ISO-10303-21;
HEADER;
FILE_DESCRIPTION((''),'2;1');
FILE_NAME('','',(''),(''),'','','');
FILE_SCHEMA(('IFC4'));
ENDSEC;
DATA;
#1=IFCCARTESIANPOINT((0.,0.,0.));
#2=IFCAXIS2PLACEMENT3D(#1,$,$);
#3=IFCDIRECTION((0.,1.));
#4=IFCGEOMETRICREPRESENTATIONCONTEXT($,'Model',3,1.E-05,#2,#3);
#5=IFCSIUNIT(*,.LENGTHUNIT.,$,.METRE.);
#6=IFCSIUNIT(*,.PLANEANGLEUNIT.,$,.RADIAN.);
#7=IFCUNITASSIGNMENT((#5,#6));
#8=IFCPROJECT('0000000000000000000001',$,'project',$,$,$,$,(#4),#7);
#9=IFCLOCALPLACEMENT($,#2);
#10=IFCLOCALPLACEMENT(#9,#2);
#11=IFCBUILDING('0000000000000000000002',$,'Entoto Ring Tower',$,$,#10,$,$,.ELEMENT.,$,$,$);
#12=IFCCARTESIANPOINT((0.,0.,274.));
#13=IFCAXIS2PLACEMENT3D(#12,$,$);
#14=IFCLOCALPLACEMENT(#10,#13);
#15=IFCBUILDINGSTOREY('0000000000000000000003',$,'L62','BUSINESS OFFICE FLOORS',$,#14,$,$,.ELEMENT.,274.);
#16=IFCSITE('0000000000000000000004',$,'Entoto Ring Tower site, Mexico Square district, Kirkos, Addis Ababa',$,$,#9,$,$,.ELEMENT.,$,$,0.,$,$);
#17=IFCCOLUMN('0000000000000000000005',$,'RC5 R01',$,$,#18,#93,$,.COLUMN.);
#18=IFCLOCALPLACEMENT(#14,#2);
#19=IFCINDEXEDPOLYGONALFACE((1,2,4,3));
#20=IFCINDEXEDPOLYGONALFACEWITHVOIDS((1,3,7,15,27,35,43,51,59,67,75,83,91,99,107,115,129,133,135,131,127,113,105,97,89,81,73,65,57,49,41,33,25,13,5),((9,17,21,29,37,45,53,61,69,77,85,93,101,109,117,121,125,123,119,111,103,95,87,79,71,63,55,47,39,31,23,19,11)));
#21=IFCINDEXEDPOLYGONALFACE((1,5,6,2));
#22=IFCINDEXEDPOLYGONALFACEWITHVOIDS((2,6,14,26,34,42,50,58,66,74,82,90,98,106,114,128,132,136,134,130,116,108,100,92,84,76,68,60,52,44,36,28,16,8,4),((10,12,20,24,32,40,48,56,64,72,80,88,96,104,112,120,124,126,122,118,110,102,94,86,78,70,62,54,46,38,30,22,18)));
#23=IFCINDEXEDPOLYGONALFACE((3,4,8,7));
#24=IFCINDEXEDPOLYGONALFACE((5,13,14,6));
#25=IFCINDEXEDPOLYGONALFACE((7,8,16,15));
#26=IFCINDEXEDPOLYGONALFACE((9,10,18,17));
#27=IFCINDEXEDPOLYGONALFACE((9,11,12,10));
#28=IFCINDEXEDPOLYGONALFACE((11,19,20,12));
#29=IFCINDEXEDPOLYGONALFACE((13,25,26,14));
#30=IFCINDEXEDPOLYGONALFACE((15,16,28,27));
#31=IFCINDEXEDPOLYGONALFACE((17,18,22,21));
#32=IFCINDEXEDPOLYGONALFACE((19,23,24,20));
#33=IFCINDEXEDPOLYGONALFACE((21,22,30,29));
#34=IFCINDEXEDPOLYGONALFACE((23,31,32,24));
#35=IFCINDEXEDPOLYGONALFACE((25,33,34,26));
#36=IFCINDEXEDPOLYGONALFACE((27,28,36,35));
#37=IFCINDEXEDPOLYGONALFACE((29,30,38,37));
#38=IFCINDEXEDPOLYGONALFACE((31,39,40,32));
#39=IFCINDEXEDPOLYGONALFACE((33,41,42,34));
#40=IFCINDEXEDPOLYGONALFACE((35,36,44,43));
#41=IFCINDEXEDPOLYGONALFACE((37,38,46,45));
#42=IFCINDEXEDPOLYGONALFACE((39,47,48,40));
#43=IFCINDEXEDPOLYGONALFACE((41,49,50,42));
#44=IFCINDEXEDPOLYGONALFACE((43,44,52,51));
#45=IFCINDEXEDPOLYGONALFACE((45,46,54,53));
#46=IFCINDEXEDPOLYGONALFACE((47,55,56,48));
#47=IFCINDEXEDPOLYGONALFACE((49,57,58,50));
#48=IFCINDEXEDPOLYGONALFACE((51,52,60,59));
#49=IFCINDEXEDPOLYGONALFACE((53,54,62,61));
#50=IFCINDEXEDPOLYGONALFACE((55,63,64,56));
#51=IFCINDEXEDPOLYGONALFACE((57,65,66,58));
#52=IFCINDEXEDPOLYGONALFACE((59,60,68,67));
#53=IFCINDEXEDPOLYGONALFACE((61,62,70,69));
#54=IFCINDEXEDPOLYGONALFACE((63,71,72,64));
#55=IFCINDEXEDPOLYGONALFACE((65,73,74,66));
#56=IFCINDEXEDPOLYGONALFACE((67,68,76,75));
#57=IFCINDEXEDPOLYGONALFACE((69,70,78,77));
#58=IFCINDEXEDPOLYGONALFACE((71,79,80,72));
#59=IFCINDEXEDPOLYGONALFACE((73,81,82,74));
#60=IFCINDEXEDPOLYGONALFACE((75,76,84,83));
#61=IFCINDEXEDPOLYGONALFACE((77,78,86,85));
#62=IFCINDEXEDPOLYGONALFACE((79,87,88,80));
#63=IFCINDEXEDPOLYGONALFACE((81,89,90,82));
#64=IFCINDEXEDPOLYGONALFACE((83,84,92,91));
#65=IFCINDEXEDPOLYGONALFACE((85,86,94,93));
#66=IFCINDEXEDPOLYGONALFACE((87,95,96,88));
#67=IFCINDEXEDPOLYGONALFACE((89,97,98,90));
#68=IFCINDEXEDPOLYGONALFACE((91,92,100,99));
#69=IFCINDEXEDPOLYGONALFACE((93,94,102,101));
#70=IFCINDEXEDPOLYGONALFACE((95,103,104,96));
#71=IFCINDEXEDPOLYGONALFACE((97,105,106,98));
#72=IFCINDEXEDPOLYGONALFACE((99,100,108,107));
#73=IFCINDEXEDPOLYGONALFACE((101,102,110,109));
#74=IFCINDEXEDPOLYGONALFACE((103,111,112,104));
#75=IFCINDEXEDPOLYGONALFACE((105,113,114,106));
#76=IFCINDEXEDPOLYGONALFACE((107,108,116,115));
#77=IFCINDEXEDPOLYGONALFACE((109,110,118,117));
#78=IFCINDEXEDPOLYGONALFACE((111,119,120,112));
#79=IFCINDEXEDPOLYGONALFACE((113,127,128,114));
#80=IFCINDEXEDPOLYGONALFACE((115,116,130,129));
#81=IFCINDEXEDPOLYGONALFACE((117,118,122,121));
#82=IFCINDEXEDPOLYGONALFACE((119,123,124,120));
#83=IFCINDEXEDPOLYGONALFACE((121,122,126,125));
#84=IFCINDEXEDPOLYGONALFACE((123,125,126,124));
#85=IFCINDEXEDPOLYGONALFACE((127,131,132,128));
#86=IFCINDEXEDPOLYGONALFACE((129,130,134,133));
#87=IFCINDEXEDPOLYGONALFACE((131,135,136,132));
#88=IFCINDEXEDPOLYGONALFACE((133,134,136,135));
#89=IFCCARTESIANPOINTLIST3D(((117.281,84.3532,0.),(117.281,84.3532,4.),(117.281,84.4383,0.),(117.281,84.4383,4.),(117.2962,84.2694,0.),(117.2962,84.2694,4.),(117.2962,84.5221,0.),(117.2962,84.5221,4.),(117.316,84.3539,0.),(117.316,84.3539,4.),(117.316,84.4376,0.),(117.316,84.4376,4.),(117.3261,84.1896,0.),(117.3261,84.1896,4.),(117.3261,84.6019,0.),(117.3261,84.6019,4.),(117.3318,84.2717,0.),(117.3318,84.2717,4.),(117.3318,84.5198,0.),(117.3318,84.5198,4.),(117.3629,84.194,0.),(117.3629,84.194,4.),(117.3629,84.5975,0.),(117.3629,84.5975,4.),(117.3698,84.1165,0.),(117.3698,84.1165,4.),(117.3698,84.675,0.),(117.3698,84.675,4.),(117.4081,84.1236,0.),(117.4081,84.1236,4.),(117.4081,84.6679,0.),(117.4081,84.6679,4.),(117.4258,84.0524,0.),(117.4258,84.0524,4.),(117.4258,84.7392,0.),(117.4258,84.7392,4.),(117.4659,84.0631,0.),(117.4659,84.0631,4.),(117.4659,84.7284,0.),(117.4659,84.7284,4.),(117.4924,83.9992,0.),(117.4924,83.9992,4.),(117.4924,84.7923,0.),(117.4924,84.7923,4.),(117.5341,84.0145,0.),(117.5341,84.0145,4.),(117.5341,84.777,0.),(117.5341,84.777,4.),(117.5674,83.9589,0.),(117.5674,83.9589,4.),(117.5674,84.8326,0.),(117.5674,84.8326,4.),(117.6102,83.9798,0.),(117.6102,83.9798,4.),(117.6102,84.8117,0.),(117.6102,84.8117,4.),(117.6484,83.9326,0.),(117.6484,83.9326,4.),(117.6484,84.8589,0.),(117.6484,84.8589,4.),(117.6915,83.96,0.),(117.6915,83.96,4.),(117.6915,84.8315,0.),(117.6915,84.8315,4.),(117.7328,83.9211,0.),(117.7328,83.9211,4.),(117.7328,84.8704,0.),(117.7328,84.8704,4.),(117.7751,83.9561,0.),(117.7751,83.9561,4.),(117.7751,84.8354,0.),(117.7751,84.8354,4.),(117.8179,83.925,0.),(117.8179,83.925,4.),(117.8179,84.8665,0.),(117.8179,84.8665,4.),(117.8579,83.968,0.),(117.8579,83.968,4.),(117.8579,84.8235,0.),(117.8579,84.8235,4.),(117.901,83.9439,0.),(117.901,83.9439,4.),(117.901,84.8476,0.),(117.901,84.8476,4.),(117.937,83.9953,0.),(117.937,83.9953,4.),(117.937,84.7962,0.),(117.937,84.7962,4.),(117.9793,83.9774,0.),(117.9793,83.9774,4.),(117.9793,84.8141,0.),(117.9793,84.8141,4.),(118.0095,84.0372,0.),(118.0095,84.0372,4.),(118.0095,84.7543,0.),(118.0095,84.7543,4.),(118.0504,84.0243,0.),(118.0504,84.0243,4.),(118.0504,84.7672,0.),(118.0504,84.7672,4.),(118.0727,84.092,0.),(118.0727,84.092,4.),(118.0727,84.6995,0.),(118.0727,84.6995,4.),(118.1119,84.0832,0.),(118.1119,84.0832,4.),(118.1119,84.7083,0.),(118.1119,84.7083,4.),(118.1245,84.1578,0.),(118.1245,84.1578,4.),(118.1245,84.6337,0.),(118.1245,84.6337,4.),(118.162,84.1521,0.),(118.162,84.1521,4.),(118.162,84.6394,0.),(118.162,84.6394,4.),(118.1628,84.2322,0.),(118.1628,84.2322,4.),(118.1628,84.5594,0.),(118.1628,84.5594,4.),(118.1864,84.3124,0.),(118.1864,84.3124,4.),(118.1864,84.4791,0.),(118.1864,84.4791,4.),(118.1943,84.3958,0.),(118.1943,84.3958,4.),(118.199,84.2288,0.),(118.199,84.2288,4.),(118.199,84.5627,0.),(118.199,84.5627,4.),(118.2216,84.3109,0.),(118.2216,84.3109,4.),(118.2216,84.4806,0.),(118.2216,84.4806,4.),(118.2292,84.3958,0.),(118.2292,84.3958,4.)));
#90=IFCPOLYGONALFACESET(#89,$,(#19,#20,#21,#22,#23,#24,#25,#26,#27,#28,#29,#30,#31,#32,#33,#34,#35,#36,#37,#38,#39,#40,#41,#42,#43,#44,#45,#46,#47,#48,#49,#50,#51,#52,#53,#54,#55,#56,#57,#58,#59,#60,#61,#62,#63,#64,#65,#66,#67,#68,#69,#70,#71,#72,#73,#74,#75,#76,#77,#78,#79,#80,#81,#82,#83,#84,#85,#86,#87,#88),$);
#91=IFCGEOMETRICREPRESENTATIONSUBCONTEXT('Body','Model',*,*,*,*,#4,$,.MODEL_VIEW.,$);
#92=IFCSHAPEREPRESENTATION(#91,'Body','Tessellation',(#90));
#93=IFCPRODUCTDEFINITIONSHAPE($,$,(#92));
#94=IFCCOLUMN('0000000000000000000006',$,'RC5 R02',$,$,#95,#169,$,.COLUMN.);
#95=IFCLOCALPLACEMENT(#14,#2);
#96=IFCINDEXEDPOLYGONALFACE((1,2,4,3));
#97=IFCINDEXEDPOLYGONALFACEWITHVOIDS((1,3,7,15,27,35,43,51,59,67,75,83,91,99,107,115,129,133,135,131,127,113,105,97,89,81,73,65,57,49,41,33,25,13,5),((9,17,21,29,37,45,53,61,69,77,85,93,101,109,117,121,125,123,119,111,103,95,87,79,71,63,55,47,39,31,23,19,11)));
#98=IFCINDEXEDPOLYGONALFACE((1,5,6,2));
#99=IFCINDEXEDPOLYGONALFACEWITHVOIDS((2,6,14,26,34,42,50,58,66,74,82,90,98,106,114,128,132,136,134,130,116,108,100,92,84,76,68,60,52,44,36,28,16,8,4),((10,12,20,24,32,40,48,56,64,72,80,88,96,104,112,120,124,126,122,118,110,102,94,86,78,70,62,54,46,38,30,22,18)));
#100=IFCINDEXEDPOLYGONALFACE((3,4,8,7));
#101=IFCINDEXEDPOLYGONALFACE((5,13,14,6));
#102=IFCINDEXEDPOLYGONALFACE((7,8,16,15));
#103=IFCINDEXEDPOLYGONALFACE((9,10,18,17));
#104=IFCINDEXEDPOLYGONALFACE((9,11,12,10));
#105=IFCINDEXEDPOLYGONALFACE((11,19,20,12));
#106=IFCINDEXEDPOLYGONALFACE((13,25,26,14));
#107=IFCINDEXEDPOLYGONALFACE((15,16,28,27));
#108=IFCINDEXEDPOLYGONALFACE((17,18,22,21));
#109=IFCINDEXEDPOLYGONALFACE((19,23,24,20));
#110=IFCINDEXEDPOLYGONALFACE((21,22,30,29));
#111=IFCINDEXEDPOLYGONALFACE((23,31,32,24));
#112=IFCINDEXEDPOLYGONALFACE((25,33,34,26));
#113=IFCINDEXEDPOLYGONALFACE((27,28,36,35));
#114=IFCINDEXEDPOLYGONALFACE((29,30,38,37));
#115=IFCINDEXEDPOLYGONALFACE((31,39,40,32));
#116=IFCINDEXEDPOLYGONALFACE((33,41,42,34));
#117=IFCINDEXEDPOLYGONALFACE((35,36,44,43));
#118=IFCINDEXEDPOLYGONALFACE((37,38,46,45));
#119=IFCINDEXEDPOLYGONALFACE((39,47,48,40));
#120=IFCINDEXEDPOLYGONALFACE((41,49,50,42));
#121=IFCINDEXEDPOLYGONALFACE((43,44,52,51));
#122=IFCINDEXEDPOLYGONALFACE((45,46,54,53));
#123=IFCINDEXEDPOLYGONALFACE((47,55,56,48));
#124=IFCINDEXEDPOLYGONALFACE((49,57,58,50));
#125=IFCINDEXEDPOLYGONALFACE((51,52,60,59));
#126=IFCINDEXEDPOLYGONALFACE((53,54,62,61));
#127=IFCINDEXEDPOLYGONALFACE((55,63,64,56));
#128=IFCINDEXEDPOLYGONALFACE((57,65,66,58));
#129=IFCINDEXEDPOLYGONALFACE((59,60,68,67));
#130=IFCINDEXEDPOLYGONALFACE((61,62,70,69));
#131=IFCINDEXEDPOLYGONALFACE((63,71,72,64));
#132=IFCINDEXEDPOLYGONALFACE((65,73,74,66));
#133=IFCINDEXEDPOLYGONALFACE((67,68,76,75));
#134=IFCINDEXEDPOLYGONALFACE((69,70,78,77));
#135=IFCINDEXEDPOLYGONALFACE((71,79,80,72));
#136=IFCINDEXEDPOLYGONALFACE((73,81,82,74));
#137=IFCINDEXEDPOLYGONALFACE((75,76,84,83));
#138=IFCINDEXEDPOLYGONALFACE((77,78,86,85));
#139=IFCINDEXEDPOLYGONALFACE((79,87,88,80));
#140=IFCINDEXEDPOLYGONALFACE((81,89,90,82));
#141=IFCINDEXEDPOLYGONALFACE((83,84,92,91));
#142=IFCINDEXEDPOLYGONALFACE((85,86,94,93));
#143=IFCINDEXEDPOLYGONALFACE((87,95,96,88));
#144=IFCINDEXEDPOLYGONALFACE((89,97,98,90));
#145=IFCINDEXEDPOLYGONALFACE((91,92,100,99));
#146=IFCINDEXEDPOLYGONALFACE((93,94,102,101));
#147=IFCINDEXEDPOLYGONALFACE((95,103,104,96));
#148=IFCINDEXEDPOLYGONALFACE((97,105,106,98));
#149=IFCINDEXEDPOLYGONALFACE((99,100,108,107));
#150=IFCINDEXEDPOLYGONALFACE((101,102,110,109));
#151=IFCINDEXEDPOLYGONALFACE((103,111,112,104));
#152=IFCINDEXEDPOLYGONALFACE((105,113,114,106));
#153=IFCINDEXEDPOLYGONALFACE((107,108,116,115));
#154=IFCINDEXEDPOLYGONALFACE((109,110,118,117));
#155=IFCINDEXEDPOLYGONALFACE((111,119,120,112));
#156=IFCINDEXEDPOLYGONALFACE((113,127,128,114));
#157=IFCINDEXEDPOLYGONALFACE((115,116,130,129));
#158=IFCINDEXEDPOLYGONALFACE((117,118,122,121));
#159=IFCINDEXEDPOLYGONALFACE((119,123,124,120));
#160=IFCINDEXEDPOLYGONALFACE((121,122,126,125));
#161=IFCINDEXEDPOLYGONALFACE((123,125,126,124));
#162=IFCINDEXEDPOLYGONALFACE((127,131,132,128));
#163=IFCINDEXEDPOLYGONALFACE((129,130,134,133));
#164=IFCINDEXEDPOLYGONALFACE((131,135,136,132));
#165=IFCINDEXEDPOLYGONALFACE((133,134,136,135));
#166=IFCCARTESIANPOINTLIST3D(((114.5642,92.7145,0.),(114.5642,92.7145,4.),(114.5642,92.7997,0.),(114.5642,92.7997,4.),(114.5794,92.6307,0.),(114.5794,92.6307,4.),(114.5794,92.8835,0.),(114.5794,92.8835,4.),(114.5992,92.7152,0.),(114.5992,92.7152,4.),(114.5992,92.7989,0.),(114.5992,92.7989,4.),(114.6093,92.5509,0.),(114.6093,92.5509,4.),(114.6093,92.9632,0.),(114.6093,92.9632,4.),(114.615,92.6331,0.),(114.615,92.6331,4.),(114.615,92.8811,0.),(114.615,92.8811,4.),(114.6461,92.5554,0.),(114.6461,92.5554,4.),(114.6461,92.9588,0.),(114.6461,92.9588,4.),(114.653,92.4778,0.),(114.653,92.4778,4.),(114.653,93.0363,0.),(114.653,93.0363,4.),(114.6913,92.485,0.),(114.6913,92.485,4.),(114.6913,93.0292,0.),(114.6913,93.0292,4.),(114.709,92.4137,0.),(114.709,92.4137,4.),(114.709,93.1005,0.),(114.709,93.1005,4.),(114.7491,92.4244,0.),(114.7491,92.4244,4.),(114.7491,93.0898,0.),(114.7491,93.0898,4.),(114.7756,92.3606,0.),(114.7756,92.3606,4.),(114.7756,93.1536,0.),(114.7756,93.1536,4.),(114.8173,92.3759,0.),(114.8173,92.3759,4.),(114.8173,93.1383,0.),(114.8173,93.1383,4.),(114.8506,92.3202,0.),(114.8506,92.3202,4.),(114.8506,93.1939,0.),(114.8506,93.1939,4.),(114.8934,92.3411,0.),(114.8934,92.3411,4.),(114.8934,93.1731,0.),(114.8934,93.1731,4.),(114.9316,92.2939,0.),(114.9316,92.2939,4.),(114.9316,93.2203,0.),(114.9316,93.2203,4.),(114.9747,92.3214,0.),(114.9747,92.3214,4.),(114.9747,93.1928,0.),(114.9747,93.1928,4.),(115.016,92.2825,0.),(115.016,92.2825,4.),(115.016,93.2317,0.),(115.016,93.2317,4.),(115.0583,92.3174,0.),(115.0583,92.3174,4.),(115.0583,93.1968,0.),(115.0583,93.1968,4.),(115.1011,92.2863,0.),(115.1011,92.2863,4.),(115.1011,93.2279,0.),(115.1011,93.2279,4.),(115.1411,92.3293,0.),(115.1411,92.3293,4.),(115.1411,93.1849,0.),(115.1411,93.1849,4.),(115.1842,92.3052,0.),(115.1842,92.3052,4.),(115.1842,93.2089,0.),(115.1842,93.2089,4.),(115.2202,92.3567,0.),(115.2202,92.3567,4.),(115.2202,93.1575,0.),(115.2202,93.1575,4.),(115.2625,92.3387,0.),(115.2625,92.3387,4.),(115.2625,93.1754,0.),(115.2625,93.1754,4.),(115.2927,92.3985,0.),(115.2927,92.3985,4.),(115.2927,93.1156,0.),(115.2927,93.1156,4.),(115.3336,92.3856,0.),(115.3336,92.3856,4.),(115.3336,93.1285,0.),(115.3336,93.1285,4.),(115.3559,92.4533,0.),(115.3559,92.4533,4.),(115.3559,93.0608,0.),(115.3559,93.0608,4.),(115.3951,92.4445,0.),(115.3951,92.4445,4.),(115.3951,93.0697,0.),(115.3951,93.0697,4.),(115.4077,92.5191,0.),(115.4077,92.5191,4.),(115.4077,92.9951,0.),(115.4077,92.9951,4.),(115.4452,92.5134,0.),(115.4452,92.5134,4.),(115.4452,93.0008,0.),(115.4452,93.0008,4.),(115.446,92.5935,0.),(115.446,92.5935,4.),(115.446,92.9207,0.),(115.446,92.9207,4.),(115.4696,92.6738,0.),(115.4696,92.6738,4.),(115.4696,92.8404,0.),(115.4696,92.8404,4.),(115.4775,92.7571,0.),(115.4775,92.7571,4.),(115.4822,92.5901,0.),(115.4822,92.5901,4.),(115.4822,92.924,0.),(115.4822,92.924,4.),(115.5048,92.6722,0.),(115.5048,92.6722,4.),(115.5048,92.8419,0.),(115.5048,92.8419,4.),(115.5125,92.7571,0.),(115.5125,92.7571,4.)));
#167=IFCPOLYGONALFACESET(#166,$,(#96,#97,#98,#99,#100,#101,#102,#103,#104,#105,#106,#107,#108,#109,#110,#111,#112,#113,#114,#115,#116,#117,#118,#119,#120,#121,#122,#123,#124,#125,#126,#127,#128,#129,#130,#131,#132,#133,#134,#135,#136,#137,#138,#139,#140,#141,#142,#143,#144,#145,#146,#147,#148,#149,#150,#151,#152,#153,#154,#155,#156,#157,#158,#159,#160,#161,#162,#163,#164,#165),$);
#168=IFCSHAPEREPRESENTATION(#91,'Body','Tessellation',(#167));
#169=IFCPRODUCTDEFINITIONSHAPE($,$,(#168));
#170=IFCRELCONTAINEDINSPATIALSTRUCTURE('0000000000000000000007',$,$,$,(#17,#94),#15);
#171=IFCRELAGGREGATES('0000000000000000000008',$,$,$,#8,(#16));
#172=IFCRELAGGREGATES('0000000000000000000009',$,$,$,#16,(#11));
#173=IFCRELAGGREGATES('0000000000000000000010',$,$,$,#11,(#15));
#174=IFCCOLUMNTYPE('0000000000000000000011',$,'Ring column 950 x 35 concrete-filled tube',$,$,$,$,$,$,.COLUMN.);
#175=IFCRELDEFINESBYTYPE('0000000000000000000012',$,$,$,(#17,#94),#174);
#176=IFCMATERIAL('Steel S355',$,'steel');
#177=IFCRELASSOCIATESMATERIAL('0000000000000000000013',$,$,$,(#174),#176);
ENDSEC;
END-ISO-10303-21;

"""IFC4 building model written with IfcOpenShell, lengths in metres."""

from ifc_helpers import new_model, si_unit, direction, frame, origin, origin_2d, place, context, subcontext, project, spatial, circle, hollow_circle, extrude, material, material_profile, profile_set, type_object, element, save


model = new_model("IFC4")

# Units and contexts
model_context = context("Model", 3, precision=1e-05, world=origin(), true_north=direction((0.0, 1.0)))
body_context = subcontext(model_context, "Body", "Model", "MODEL_VIEW")
ifc_project = project(units=[si_unit("LENGTHUNIT", "METRE"), si_unit("PLANEANGLEUNIT", "RADIAN")], contexts=[model_context])

# Site, building, storey
site_placement = place(None, origin())
site = spatial("IfcSite", under=ifc_project, at=site_placement, Name="Entoto Ring Tower site, Mexico Square district, Kirkos, Addis Ababa", CompositionType="ELEMENT", RefElevation=0.0)
building_placement = place(site_placement, origin())
building = spatial("IfcBuilding", under=site, at=building_placement, Name="Entoto Ring Tower", CompositionType="ELEMENT")
storey_placement = place(building_placement, frame((0.0, 0.0, 274.0)))
storey = spatial("IfcBuildingStorey", under=building, at=storey_placement, Name="L62", Description="BUSINESS OFFICE FLOORS", CompositionType="ELEMENT", Elevation=274.0)

# Columns
ifc_material_1 = material(Name="Steel S355", Category="steel")
ifc_material_profile_1 = material_profile(ifc_material_1, hollow_circle(Radius=0.4751, WallThickness=0.0349, at=origin_2d()), Name="CHS 950 x 35")
ifc_material_2 = material(Name="Concrete C60/75", Category="concrete")
ifc_material_profile_2 = material_profile(ifc_material_2, circle(Radius=0.4399, at=origin_2d()), Name="Concrete C60/75 infill")
ifc_profile_set_1 = profile_set([ifc_material_profile_1, ifc_material_profile_2], Name="Steel S355")
column_type = type_object("IfcColumnType", Name="Ring column 950 x 35 concrete-filled tube", PredefinedType="COLUMN", material=ifc_profile_set_1)
for number, where, z_axis, x_axis, name in (
    (1, (117.7542, 84.3958, 0.0), (0.0, 0.0, 1.0), (1.0, 0.0, 0.0), "RC5 R01"),
    (2, (115.0374, 92.7571, 0.0), (0.0, 0.0, 1.0), (1.0, 0.0, 0.0), "RC5 R02"),
):
    element("IfcColumn", number, at=place(storey_placement, frame(where, z_axis=z_axis, x_axis=x_axis)), inside=storey, type_object=column_type, Name=name, PredefinedType="COLUMN", context=body_context, shape_type="SweptSolid", body=[
        extrude(hollow_circle(Radius=0.4751, WallThickness=0.0349, at=origin_2d()), origin(), (0.0, 0.0, 1.0), 4.0),
    ])

save(model, "model.ifc")
